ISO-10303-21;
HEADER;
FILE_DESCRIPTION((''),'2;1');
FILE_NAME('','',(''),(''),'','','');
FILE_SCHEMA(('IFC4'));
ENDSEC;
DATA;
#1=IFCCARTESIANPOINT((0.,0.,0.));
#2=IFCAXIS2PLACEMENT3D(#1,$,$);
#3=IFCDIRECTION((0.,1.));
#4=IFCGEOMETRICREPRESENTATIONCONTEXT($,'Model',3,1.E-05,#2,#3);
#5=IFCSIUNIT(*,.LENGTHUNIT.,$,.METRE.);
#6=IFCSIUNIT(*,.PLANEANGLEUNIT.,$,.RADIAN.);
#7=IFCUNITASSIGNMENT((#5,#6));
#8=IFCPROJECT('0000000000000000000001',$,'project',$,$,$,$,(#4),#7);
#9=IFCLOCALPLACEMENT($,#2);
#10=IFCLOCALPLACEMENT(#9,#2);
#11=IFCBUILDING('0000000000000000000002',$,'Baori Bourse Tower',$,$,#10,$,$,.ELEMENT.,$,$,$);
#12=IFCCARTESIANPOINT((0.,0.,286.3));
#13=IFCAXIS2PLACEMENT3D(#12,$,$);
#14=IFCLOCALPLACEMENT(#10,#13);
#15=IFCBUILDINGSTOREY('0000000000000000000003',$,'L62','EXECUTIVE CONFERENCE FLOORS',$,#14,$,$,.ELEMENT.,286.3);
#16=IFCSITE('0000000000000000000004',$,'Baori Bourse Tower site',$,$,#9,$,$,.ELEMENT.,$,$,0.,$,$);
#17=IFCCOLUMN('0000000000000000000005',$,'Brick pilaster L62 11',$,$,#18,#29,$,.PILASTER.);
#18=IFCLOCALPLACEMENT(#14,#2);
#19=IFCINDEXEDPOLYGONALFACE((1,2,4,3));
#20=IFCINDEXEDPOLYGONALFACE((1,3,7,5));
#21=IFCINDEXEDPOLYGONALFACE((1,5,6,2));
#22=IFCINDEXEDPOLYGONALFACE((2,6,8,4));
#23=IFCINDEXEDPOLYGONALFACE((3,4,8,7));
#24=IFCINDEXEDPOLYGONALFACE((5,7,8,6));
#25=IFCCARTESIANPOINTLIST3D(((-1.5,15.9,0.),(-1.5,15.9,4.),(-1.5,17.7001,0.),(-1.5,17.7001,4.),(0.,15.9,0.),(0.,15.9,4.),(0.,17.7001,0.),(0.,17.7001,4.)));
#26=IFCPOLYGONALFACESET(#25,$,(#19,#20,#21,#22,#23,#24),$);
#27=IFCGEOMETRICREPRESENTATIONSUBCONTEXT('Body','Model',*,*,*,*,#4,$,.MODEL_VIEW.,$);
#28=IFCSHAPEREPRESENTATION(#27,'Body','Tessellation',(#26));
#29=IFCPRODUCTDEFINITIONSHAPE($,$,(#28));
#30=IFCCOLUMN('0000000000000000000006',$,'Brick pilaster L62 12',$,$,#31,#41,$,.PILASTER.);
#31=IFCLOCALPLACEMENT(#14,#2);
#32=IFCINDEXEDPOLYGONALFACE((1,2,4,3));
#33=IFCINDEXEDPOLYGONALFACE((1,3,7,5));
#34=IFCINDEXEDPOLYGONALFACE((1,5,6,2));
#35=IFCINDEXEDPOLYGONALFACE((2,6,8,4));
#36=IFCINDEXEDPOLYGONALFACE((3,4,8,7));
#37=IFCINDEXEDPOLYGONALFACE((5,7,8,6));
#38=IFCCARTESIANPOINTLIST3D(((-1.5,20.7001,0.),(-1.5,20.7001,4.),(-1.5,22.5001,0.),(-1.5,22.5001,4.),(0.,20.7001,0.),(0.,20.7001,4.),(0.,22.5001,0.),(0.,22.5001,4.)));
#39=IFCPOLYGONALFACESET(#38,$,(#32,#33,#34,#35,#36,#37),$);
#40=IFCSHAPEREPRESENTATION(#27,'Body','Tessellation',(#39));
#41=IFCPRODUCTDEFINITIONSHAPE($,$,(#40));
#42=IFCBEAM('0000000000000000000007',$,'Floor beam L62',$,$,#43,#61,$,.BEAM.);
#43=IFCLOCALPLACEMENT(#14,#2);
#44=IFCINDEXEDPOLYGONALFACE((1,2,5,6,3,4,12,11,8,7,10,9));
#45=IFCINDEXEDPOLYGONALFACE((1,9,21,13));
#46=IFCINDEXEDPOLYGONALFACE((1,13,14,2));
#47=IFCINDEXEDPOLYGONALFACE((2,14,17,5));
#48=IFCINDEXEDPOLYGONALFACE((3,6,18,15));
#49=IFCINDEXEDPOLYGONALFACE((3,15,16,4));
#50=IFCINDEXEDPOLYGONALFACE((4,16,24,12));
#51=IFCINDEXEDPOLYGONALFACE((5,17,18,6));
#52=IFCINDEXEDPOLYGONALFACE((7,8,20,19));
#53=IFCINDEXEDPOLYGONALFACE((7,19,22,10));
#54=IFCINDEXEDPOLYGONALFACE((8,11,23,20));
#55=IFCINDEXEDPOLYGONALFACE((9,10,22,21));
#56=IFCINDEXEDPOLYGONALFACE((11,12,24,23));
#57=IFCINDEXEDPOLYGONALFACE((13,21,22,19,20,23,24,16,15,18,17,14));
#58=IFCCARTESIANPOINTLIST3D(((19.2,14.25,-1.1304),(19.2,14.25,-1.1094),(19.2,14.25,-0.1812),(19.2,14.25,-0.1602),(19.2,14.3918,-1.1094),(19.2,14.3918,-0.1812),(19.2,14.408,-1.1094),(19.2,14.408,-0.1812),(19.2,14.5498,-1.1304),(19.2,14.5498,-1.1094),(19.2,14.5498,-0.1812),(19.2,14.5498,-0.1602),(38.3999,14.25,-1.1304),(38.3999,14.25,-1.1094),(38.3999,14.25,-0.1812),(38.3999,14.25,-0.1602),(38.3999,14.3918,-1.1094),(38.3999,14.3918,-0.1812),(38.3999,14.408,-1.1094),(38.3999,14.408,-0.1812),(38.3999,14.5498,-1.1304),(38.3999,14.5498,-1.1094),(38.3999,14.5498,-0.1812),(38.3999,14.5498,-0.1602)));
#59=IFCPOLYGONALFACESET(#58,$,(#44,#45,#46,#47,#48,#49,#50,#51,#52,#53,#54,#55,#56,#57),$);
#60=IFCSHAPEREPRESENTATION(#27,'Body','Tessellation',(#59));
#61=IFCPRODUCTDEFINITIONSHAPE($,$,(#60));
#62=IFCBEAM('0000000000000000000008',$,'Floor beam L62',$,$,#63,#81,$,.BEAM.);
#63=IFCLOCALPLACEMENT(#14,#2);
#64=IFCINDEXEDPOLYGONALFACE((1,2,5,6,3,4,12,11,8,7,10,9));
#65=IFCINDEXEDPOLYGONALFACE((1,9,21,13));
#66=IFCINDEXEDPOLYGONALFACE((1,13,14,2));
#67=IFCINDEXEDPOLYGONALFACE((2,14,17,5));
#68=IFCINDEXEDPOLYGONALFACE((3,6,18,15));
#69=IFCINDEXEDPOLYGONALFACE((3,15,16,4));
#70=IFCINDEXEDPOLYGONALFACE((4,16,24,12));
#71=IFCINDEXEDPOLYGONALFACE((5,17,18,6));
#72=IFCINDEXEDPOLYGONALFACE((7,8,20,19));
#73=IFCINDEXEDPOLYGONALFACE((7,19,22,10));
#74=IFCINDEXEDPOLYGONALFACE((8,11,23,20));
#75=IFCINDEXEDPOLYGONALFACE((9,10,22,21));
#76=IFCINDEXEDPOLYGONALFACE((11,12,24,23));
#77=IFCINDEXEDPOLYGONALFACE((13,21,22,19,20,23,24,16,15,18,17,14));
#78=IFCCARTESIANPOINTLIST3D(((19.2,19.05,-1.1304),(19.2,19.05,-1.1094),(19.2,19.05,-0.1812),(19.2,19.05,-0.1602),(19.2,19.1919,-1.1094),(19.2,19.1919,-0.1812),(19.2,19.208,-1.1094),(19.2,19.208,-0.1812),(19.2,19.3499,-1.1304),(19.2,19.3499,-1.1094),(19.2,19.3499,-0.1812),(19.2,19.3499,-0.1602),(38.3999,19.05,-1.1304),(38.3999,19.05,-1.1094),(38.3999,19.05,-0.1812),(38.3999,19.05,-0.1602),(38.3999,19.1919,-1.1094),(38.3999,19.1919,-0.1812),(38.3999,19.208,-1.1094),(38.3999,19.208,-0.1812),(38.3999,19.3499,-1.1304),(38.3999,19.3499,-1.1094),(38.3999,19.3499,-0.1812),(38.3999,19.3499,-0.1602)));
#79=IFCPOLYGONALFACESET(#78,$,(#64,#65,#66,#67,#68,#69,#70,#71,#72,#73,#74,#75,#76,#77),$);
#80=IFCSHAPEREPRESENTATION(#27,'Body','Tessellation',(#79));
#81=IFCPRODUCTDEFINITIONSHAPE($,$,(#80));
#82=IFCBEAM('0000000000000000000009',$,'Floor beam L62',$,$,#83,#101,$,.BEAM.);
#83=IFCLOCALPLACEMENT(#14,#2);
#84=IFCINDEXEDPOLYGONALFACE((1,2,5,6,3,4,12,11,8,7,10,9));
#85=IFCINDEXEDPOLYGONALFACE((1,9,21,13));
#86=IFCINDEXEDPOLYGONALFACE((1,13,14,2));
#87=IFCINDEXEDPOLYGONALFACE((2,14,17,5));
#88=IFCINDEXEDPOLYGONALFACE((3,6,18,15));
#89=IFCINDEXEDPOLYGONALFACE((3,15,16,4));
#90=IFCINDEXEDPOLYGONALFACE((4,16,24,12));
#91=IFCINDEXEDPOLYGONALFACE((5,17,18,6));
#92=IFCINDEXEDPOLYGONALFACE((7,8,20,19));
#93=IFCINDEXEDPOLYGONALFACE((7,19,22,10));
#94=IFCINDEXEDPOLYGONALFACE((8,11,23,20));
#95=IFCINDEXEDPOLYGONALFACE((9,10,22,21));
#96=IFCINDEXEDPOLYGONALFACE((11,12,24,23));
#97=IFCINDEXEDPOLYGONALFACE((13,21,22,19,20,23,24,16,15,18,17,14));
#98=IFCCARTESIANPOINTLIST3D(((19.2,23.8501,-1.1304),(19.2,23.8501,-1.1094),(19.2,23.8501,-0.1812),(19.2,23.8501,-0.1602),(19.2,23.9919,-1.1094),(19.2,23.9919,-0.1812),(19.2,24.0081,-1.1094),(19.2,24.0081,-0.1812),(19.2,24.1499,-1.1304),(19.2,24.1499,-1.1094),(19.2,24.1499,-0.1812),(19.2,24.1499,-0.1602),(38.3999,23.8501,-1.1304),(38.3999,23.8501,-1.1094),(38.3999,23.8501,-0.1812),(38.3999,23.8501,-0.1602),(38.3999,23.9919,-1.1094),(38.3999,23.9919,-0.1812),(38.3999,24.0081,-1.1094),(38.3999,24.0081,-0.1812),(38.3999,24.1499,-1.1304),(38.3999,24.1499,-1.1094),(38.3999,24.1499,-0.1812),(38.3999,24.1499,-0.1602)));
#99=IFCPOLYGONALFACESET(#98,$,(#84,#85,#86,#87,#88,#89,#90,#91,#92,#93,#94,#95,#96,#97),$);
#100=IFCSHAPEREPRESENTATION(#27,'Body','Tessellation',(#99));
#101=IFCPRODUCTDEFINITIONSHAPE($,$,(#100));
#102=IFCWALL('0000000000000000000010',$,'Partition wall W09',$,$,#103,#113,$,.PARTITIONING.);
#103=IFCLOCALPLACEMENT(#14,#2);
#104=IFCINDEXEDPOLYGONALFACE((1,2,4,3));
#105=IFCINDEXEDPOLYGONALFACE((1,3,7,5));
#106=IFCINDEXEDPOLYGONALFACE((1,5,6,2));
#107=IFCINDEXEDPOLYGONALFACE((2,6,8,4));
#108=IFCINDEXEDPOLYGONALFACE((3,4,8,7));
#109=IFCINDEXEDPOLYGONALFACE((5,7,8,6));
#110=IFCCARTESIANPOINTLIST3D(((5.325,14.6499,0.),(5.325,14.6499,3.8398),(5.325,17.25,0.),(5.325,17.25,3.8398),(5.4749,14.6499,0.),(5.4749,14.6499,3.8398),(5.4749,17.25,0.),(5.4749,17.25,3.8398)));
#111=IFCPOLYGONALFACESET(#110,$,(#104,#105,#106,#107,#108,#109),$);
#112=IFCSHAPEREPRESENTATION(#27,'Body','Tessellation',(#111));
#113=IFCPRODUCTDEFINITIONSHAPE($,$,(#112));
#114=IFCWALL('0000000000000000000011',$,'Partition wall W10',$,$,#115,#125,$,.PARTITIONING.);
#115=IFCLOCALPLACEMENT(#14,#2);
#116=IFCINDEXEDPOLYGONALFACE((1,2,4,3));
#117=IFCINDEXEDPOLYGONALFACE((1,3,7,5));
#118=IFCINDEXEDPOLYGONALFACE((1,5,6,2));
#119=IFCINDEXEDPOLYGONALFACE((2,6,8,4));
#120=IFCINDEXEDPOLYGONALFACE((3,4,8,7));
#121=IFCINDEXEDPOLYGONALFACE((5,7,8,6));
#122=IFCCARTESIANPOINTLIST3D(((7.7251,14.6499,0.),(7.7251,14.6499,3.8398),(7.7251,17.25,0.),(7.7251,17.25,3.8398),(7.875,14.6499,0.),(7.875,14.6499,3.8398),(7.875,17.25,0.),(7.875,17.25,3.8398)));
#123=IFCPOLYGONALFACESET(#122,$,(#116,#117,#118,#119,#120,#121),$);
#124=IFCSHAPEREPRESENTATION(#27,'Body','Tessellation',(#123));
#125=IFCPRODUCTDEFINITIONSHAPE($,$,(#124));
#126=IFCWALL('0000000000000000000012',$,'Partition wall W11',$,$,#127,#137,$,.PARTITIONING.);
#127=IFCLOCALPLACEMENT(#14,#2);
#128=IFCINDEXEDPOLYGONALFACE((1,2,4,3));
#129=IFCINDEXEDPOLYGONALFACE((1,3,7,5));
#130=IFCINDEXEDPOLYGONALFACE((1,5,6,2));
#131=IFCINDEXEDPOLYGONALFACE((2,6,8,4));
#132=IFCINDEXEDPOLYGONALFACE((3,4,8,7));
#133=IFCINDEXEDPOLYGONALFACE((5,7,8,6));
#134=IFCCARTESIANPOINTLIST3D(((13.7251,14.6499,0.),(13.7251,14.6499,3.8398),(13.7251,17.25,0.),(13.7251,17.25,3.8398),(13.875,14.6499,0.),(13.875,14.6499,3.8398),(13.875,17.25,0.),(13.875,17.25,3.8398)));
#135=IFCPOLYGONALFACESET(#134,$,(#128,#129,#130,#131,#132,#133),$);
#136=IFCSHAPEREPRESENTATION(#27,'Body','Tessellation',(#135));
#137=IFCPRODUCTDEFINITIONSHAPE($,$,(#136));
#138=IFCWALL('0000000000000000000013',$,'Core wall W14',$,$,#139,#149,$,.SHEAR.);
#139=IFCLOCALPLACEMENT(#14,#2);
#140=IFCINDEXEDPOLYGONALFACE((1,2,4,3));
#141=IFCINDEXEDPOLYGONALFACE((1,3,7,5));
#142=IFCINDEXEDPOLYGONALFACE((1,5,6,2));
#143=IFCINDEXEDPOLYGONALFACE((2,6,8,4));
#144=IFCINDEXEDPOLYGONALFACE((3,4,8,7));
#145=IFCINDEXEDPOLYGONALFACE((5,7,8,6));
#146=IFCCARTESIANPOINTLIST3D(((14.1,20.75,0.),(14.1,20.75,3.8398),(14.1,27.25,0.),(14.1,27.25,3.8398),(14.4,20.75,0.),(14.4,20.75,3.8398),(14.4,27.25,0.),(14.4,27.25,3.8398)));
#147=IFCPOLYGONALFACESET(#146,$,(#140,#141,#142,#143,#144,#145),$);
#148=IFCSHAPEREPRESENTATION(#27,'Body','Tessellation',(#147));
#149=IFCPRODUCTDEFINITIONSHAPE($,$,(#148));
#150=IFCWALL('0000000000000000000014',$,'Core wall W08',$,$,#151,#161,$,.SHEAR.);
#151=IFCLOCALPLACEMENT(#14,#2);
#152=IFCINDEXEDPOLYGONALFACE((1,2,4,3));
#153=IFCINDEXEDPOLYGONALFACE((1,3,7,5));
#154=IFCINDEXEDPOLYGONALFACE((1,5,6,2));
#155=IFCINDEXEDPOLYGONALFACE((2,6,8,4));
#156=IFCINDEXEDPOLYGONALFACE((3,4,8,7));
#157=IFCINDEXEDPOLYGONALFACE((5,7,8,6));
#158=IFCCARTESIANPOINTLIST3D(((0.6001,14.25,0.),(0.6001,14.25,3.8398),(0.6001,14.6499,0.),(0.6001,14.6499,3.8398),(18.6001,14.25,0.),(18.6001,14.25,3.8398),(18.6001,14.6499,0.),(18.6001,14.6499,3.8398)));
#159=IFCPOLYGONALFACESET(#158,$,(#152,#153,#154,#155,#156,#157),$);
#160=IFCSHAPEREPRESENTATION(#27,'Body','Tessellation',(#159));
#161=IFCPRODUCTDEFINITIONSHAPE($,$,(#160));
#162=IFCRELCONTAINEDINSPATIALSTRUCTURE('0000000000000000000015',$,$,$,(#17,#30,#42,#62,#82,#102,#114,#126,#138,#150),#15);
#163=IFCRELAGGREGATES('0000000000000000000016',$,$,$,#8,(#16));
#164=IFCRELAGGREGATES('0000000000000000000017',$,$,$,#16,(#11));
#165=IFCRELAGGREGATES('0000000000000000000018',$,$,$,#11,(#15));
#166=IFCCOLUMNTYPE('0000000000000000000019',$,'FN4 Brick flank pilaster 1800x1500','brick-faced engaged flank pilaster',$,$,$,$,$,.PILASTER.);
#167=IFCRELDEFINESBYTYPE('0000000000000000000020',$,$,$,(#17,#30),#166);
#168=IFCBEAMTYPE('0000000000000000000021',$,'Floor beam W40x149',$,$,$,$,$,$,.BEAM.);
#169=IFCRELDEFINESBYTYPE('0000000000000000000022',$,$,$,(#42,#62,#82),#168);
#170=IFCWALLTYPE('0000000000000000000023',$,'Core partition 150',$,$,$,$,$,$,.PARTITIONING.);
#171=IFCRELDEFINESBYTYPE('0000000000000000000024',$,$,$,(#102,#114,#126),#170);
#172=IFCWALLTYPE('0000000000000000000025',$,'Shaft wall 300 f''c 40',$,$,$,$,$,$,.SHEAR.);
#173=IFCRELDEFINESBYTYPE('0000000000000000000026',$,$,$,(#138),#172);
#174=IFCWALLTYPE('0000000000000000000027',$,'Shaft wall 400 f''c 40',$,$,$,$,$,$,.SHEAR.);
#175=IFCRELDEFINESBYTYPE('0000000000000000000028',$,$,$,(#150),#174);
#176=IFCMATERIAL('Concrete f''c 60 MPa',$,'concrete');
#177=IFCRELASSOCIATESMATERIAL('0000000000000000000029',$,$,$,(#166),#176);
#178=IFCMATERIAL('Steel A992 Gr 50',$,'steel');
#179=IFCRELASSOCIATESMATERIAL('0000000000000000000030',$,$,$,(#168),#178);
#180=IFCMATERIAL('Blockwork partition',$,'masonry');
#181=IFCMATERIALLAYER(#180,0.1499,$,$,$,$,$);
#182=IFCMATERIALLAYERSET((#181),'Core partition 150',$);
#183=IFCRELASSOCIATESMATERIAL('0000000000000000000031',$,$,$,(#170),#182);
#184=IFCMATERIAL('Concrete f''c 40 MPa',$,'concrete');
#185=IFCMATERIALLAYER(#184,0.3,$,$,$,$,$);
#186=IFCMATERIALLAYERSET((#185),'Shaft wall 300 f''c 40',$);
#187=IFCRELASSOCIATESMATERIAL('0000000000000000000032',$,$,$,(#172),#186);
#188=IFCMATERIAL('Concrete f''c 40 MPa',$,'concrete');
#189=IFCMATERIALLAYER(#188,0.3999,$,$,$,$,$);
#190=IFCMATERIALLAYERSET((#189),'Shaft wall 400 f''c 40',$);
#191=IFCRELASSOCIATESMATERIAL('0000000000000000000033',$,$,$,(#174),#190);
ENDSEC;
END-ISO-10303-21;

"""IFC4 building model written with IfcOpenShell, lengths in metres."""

from ifc_helpers import new_model, si_unit, direction, frame, frame_2d, origin, origin_2d, place, context, subcontext, project, spatial, rectangle, i_section, extrude, material, layer, layer_set, material_profile, profile_set, type_object, element, save


model = new_model("IFC4")

# Units and contexts
model_context = context("Model", 3, precision=1e-05, world=origin(), true_north=direction((0.0, 1.0)))
body_context = subcontext(model_context, "Body", "Model", "MODEL_VIEW")
ifc_project = project(units=[si_unit("LENGTHUNIT", "METRE"), si_unit("PLANEANGLEUNIT", "RADIAN")], contexts=[model_context])

# Site, building, storey
site_placement = place(None, origin())
site = spatial("IfcSite", under=ifc_project, at=site_placement, Name="Baori Bourse Tower site", CompositionType="ELEMENT", RefElevation=0.0)
building_placement = place(site_placement, origin())
building = spatial("IfcBuilding", under=site, at=building_placement, Name="Baori Bourse Tower", CompositionType="ELEMENT")
storey_placement = place(building_placement, frame((0.0, 0.0, 286.3)))
storey = spatial("IfcBuildingStorey", under=building, at=storey_placement, Name="L62", Description="EXECUTIVE CONFERENCE FLOORS", CompositionType="ELEMENT", Elevation=286.3)

# Columns
ifc_material_1 = material(Name="Concrete f'c 60 MPa", Category="concrete")
ifc_material_profile_1 = material_profile(ifc_material_1, rectangle(XDim=1.8, YDim=1.5, at=origin_2d()), Name="RC 1800x1500")
ifc_profile_set_1 = profile_set([ifc_material_profile_1], Name="Concrete f'c 60 MPa")
column_type = type_object("IfcColumnType", Name="FN4 Brick flank pilaster 1800x1500", Description="brick-faced engaged flank pilaster", PredefinedType="PILASTER", material=ifc_profile_set_1)
for number, where, z_axis, x_axis, name in (
    (1, (-0.75, 16.8, 0.0), (0.0, 0.0, 1.0), (0.0, 1.0, 0.0), "Brick pilaster L62 11"),
    (2, (-0.75, 21.6001, 0.0), (0.0, 0.0, 1.0), (0.0, 1.0, 0.0), "Brick pilaster L62 12"),
):
    element("IfcColumn", number, at=place(storey_placement, frame(where, z_axis=z_axis, x_axis=x_axis)), inside=storey, type_object=column_type, Name=name, PredefinedType="PILASTER", context=body_context, shape_type="SweptSolid", body=[
        extrude(rectangle(XDim=1.8, YDim=1.5, at=origin_2d()), origin(), (0.0, 0.0, 1.0), 4.0),
    ])

# Beams
ifc_material_2 = material(Name="Steel A992 Gr 50", Category="steel")
ifc_material_profile_2 = material_profile(ifc_material_2, i_section(OverallWidth=0.2998, OverallDepth=0.9702, WebThickness=0.0161, FlangeThickness=0.021, at=origin_2d()), Name="W40x149")
ifc_profile_set_2 = profile_set([ifc_material_profile_2], Name="Steel A992 Gr 50")
beam_type = type_object("IfcBeamType", Name="Floor beam W40x149", PredefinedType="BEAM", material=ifc_profile_set_2)
for number, where, z_axis, x_axis, name in (
    (3, (19.2, 14.3999, -0.6453), (1.0, 0.0, 0.0), (0.0, 1.0, 0.0), "Floor beam L62"),
    (4, (19.2, 19.2, -0.6453), (1.0, 0.0, 0.0), (0.0, 1.0, 0.0), "Floor beam L62"),
    (5, (19.2, 24.0, -0.6453), (1.0, 0.0, 0.0), (0.0, 1.0, 0.0), "Floor beam L62"),
):
    element("IfcBeam", number, at=place(storey_placement, frame(where, z_axis=z_axis, x_axis=x_axis)), inside=storey, type_object=beam_type, Name=name, PredefinedType="BEAM", context=body_context, shape_type="SweptSolid", body=[
        extrude(i_section(OverallWidth=0.2998, OverallDepth=0.9702, WebThickness=0.0161, FlangeThickness=0.021, at=origin_2d()), origin(), (0.0, 0.0, 1.0), 19.2),
    ])

# Walls
ifc_material_3 = material(Name="Blockwork partition", Category="masonry")
ifc_layer_1 = layer(ifc_material_3, 0.1499)
ifc_layer_set_1 = layer_set([ifc_layer_1], Name="Core partition 150")
wall_type_1 = type_object("IfcWallType", Name="Core partition 150", PredefinedType="PARTITIONING", material=ifc_layer_set_1)
for number, where, z_axis, x_axis, name in (
    (6, (5.3999, 14.6499, 0.0), (0.0, 0.0, 1.0), (0.0, 1.0, 0.0), "Partition wall W09"),
    (7, (7.8, 14.6499, 0.0), (0.0, 0.0, 1.0), (0.0, 1.0, 0.0), "Partition wall W10"),
    (8, (13.8, 14.6499, 0.0), (0.0, 0.0, 1.0), (0.0, 1.0, 0.0), "Partition wall W11"),
):
    element("IfcWall", number, at=place(storey_placement, frame(where, z_axis=z_axis, x_axis=x_axis)), inside=storey, type_object=wall_type_1, Name=name, PredefinedType="PARTITIONING", context=body_context, shape_type="SweptSolid", body=[
        extrude(rectangle(XDim=2.6001, YDim=0.1499, at=frame_2d((1.3, 0.0))), origin(), (0.0, 0.0, 1.0), 3.8398),
    ])
ifc_material_4 = material(Name="Concrete f'c 40 MPa", Category="concrete")
ifc_layer_2 = layer(ifc_material_4, 0.3)
ifc_layer_set_2 = layer_set([ifc_layer_2], Name="Shaft wall 300 f'c 40")
wall_type_2 = type_object("IfcWallType", Name="Shaft wall 300 f'c 40", PredefinedType="SHEAR", material=ifc_layer_set_2)
wall_1_placement = place(storey_placement, frame((14.25, 20.75, 0.0), z_axis=(0.0, 0.0, 1.0), x_axis=(0.0, 1.0, 0.0)))
element("IfcWall", 9, at=wall_1_placement, inside=storey, type_object=wall_type_2, Name="Core wall W14", PredefinedType="SHEAR", context=body_context, shape_type="SweptSolid", body=[
    extrude(rectangle(XDim=6.5, YDim=0.3, at=frame_2d((3.25, 0.0))), origin(), (0.0, 0.0, 1.0), 3.8398),
])
ifc_material_5 = material(Name="Concrete f'c 40 MPa", Category="concrete")
ifc_layer_3 = layer(ifc_material_5, 0.3999)
ifc_layer_set_3 = layer_set([ifc_layer_3], Name="Shaft wall 400 f'c 40")
wall_type_3 = type_object("IfcWallType", Name="Shaft wall 400 f'c 40", PredefinedType="SHEAR", material=ifc_layer_set_3)
wall_2_placement = place(storey_placement, frame((0.6001, 14.45, 0.0), z_axis=(0.0, 0.0, 1.0), x_axis=(1.0, 0.0, 0.0)))
element("IfcWall", 10, at=wall_2_placement, inside=storey, type_object=wall_type_3, Name="Core wall W08", PredefinedType="SHEAR", context=body_context, shape_type="SweptSolid", body=[
    extrude(rectangle(XDim=18.0, YDim=0.3999, at=frame_2d((9.0, 0.0))), origin(), (0.0, 0.0, 1.0), 3.8398),
])

save(model, "model.ifc")
